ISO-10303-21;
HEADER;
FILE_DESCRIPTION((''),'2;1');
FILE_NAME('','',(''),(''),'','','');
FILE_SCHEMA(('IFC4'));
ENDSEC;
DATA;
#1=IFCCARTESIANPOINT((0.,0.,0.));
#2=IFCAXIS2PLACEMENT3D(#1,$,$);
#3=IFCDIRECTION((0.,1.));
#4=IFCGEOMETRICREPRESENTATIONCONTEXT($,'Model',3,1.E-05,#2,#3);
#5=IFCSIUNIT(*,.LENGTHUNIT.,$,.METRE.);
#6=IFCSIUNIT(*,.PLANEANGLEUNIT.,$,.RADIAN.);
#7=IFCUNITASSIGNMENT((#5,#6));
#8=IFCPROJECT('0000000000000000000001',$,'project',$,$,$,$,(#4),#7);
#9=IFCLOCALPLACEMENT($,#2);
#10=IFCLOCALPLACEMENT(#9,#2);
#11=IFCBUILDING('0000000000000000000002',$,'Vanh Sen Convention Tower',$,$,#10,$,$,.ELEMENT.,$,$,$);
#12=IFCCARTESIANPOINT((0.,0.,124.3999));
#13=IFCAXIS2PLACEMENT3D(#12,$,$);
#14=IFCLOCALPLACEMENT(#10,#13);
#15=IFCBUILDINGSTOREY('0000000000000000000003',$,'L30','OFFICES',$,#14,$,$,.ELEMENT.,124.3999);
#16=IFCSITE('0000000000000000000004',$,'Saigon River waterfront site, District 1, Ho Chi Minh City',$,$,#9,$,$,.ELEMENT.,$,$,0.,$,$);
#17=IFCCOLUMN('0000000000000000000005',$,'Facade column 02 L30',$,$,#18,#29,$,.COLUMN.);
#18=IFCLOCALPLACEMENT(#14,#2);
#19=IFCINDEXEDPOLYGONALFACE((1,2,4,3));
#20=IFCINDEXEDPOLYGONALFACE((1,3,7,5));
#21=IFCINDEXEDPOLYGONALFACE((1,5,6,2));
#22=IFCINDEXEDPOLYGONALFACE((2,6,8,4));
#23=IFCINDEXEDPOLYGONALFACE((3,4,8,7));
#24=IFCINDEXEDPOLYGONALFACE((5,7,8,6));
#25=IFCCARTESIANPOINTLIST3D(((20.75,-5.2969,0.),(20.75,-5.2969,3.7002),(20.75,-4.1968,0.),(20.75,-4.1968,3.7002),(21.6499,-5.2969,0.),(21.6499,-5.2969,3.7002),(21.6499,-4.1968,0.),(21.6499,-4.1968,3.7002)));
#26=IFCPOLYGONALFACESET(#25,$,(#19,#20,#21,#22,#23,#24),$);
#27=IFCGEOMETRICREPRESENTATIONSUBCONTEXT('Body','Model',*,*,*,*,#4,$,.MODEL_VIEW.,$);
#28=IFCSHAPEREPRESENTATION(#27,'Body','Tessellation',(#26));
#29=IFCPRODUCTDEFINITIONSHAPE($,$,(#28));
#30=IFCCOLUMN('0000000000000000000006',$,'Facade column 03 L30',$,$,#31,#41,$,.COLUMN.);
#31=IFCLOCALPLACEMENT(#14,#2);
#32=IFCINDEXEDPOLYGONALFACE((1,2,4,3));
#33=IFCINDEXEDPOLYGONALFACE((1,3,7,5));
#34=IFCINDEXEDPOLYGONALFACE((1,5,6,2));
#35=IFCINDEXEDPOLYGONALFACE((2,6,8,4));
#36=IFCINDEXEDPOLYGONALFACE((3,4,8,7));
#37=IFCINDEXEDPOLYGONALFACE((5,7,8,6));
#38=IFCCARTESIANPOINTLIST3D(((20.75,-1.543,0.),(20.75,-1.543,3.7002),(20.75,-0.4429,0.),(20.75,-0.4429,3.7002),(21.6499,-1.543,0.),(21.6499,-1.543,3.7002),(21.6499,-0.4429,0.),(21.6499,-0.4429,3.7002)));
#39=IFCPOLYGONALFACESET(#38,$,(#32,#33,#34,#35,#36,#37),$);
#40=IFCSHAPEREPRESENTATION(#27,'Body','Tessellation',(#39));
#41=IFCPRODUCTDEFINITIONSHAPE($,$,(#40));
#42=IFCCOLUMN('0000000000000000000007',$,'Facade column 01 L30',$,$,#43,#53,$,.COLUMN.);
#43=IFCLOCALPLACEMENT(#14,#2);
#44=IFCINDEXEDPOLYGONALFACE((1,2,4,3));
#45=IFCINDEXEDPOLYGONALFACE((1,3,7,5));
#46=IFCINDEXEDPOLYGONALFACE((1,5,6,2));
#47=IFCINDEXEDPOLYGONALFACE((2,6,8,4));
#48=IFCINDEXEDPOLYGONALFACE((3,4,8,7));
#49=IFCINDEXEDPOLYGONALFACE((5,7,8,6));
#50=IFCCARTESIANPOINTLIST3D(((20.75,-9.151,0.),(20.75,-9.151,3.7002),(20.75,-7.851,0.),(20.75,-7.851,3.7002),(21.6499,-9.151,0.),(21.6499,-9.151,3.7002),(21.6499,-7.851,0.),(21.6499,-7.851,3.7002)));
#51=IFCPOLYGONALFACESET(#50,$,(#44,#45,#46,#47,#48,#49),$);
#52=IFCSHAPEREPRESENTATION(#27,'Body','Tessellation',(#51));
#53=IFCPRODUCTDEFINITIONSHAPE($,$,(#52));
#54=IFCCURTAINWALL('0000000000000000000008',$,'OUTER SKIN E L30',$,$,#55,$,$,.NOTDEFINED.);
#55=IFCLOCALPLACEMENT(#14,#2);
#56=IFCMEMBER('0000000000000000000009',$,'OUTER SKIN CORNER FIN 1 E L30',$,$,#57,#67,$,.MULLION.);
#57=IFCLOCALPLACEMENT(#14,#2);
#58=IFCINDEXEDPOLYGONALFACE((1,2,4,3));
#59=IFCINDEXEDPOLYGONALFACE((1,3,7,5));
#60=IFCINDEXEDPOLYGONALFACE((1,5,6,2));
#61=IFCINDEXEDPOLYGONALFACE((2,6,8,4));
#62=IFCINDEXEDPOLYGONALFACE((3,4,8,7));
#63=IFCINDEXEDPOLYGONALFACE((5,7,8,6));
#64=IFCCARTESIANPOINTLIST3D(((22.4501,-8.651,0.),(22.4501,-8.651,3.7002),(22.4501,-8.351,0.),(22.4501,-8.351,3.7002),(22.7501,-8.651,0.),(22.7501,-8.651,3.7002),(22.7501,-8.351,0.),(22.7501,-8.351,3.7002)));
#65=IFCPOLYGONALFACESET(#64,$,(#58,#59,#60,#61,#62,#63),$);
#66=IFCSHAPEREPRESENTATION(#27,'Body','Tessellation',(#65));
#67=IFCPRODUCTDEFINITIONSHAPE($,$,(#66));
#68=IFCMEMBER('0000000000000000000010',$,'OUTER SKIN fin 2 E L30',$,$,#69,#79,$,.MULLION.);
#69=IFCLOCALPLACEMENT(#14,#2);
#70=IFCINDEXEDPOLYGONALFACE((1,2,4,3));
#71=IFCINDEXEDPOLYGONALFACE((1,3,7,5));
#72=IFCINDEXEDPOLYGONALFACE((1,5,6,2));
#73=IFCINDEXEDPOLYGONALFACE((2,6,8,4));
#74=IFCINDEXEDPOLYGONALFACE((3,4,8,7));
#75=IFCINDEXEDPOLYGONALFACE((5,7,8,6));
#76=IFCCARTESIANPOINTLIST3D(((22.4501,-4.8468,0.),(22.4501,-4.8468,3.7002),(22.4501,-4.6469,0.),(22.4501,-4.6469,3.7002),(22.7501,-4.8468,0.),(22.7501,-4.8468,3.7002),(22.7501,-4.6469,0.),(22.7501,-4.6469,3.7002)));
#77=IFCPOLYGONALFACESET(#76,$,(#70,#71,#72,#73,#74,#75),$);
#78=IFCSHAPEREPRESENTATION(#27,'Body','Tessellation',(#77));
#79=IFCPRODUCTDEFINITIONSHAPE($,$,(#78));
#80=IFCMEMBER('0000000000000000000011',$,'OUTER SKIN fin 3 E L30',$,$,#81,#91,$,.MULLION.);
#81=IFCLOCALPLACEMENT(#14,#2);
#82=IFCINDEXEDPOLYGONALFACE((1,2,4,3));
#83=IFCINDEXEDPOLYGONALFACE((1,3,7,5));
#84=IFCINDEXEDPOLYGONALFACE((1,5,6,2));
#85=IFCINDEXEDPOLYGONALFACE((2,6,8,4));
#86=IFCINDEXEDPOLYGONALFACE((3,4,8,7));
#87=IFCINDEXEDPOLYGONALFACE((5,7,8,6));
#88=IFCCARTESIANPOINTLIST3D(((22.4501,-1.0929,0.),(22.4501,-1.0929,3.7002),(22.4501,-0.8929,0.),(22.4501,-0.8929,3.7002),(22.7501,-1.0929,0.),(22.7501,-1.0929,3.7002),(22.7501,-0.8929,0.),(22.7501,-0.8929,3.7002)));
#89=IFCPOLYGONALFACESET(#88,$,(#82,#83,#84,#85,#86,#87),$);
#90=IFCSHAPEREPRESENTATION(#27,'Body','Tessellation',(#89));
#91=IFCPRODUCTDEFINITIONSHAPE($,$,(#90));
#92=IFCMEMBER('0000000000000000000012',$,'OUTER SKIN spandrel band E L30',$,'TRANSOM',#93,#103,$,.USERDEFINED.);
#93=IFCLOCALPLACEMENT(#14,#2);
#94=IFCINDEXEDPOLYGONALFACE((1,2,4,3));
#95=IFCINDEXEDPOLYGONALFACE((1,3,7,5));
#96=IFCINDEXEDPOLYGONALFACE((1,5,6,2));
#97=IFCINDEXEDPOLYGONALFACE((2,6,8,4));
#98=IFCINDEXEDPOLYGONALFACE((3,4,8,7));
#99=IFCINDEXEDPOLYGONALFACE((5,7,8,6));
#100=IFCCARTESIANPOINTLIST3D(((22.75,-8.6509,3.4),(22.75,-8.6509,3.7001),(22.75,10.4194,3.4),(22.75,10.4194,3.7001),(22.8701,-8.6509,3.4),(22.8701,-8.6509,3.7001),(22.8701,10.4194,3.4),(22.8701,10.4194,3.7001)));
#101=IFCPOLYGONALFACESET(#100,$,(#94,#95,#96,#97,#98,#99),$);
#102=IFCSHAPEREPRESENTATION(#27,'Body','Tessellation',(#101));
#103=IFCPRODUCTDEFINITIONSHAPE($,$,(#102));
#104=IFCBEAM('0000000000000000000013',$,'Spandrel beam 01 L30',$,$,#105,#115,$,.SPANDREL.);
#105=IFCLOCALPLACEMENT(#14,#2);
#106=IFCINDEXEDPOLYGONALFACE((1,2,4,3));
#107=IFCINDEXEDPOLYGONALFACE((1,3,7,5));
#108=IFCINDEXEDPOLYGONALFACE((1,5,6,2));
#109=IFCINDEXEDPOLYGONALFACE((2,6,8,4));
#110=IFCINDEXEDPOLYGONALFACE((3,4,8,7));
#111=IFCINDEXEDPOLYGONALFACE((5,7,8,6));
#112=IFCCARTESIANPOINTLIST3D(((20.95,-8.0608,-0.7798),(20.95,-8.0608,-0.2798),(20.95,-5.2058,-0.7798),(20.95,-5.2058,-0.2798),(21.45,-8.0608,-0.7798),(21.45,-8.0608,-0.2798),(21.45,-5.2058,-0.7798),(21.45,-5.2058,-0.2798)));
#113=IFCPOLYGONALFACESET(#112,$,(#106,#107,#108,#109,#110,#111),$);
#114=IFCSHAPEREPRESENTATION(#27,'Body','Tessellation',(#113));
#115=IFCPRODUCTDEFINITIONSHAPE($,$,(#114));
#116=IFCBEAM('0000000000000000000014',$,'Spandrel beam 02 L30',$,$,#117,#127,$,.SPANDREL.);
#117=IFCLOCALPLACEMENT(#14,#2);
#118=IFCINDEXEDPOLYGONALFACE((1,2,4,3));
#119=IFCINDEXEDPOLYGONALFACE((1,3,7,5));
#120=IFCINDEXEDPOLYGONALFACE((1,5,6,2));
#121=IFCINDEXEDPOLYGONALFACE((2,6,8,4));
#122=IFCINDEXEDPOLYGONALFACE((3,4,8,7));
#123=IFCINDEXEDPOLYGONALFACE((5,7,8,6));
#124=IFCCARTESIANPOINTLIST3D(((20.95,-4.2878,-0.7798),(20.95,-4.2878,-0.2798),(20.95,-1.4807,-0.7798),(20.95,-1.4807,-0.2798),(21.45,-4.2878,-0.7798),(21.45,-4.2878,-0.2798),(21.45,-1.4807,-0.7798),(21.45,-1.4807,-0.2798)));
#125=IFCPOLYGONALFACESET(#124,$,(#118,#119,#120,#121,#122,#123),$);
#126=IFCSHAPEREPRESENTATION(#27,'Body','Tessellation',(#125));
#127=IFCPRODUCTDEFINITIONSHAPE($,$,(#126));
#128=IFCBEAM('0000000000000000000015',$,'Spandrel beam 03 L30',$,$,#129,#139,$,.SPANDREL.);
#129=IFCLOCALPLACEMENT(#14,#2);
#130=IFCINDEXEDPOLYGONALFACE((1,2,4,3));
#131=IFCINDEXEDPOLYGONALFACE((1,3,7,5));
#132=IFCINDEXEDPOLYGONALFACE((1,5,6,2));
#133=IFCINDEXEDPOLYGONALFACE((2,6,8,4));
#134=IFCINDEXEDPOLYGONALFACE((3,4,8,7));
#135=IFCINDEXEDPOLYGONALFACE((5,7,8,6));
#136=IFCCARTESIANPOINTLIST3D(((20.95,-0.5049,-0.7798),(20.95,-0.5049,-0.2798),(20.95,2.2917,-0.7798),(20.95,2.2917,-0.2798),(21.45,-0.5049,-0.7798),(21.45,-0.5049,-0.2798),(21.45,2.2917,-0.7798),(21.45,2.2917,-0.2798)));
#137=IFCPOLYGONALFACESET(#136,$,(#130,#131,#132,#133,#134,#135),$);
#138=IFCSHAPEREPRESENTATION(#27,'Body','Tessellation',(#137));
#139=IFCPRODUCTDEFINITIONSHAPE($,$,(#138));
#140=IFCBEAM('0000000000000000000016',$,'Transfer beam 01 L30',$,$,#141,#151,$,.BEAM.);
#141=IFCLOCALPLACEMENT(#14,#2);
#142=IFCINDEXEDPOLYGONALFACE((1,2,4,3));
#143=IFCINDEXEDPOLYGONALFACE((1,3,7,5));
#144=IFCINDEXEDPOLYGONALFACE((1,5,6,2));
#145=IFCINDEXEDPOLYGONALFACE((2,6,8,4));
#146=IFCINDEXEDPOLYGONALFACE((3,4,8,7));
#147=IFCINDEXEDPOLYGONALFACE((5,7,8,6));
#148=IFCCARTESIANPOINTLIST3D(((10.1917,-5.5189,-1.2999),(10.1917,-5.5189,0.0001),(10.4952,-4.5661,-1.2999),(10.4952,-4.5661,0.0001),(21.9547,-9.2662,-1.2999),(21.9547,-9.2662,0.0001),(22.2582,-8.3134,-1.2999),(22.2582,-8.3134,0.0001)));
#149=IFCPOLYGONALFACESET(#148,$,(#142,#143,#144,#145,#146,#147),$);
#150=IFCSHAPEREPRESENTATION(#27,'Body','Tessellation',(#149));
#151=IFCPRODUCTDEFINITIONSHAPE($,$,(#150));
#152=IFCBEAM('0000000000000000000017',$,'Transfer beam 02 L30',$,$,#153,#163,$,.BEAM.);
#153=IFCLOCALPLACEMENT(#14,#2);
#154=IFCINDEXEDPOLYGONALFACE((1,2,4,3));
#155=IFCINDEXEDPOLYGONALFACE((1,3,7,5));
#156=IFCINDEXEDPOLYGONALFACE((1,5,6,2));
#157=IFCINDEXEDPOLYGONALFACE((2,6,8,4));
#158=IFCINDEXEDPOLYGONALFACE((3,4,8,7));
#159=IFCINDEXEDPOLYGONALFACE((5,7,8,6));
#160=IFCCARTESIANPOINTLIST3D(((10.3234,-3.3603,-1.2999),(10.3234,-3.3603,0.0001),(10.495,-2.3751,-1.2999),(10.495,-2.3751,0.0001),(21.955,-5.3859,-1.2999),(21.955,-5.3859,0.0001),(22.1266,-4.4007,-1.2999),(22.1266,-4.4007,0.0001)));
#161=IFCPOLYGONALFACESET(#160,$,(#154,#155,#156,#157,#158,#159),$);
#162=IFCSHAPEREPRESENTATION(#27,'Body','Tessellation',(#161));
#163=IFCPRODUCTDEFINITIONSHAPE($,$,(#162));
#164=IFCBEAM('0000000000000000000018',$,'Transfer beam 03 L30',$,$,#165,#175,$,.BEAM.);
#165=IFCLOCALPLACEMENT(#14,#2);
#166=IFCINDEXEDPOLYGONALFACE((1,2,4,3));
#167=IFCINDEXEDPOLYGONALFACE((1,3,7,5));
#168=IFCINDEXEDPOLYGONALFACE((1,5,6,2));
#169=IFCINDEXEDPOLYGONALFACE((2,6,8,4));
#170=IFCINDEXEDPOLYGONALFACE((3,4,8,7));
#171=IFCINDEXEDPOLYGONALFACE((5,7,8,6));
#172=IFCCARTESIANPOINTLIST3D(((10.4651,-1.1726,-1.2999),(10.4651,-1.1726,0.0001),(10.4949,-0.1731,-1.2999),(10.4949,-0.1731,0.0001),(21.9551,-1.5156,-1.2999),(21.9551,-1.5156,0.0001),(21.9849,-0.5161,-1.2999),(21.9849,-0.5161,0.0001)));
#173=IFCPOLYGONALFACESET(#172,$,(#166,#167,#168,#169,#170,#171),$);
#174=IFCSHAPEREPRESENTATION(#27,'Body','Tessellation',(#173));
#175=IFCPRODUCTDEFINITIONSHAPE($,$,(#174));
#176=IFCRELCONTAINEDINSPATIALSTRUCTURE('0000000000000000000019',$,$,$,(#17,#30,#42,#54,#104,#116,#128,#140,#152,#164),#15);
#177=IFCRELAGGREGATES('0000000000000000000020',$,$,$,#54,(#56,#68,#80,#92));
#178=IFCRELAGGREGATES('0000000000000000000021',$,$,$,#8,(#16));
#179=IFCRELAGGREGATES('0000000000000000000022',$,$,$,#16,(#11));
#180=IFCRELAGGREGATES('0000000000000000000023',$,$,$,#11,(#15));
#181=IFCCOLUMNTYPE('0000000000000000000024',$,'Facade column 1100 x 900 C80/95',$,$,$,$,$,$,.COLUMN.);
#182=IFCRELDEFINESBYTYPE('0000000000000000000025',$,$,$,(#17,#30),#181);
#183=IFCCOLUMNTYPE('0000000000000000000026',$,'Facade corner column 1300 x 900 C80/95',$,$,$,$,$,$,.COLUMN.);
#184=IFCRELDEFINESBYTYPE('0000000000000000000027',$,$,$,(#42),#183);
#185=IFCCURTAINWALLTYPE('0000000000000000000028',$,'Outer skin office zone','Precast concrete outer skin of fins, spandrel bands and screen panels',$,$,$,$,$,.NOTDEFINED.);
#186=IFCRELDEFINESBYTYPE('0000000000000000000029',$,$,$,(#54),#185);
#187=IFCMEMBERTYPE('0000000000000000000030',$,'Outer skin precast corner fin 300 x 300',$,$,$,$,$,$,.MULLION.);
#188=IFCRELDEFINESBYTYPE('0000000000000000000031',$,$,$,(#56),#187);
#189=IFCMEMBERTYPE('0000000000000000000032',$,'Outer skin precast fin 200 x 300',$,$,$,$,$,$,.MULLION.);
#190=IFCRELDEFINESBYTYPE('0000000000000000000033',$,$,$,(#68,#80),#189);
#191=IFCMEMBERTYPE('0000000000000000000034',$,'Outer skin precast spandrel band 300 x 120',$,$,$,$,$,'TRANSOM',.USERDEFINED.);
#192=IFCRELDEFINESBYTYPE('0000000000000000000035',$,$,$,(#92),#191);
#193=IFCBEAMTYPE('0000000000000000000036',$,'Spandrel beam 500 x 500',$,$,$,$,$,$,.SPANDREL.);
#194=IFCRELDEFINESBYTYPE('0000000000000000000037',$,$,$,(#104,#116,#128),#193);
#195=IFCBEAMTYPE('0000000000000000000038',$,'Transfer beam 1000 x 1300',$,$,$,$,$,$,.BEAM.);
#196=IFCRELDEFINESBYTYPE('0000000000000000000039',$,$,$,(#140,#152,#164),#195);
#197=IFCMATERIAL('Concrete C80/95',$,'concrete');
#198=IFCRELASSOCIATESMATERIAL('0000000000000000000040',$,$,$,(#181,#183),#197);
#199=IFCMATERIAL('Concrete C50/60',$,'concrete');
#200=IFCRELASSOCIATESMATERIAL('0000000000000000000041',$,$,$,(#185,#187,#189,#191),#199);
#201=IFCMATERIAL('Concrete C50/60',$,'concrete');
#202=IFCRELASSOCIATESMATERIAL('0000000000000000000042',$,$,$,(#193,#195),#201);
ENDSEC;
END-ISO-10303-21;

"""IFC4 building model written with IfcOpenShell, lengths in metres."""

from ifc_helpers import new_model, si_unit, direction, frame, origin, origin_2d, place, context, subcontext, project, spatial, rectangle, extrude, material, material_profile, profile_set, type_object, element, aggregate, save


model = new_model("IFC4")

# Units and contexts
model_context = context("Model", 3, precision=1e-05, world=origin(), true_north=direction((0.0, 1.0)))
body_context = subcontext(model_context, "Body", "Model", "MODEL_VIEW")
ifc_project = project(units=[si_unit("LENGTHUNIT", "METRE"), si_unit("PLANEANGLEUNIT", "RADIAN")], contexts=[model_context])

# Site, building, storey
site_placement = place(None, origin())
site = spatial("IfcSite", under=ifc_project, at=site_placement, Name="Saigon River waterfront site, District 1, Ho Chi Minh City", CompositionType="ELEMENT", RefElevation=0.0)
building_placement = place(site_placement, origin())
building = spatial("IfcBuilding", under=site, at=building_placement, Name="Vanh Sen Convention Tower", CompositionType="ELEMENT")
storey_placement = place(building_placement, frame((0.0, 0.0, 124.3999)))
storey = spatial("IfcBuildingStorey", under=building, at=storey_placement, Name="L30", Description="OFFICES", CompositionType="ELEMENT", Elevation=124.3999)

# Columns
ifc_material_1 = material(Name="Concrete C80/95", Category="concrete")
ifc_material_profile_1 = material_profile(ifc_material_1, rectangle(XDim=1.1001, YDim=0.8999, at=origin_2d()), Name="RC 1100X900")
ifc_profile_set_1 = profile_set([ifc_material_profile_1], Name="Concrete C80/95")
column_type_1 = type_object("IfcColumnType", Name="Facade column 1100 x 900 C80/95", PredefinedType="COLUMN", material=ifc_profile_set_1)
for number, where, z_axis, x_axis, name in (
    (1, (21.2, -4.7468, 0.0), (0.0, 0.0, 1.0), (0.0, 1.0, 0.0), "Facade column 02 L30"),
    (2, (21.2, -0.9929, 0.0), (0.0, 0.0, 1.0), (0.0, 1.0, 0.0), "Facade column 03 L30"),
):
    element("IfcColumn", number, at=place(storey_placement, frame(where, z_axis=z_axis, x_axis=x_axis)), inside=storey, type_object=column_type_1, Name=name, PredefinedType="COLUMN", context=body_context, shape_type="SweptSolid", body=[
        extrude(rectangle(XDim=1.1001, YDim=0.8999, at=origin_2d()), origin(), (0.0, 0.0, 1.0), 3.7002),
    ])
ifc_material_profile_2 = material_profile(ifc_material_1, rectangle(XDim=1.3, YDim=0.8999, at=origin_2d()), Name="RC 1300X900")
ifc_profile_set_2 = profile_set([ifc_material_profile_2], Name="Concrete C80/95")
column_type_2 = type_object("IfcColumnType", Name="Facade corner column 1300 x 900 C80/95", PredefinedType="COLUMN", material=ifc_profile_set_2)
column_placement = place(storey_placement, frame((21.2, -8.501, 0.0), z_axis=(0.0, 0.0, 1.0), x_axis=(0.0, 1.0, 0.0)))
element("IfcColumn", 3, at=column_placement, inside=storey, type_object=column_type_2, Name="Facade column 01 L30", PredefinedType="COLUMN", context=body_context, shape_type="SweptSolid", body=[
    extrude(rectangle(XDim=1.3, YDim=0.8999, at=origin_2d()), origin(), (0.0, 0.0, 1.0), 3.7002),
])

# Curtain wall, members
ifc_material_2 = material(Name="Concrete C50/60", Category="concrete")
curtain_wall_type = type_object("IfcCurtainWallType", Name="Outer skin office zone", Description="Precast concrete outer skin of fins, spandrel bands and screen panels", PredefinedType="NOTDEFINED", material=ifc_material_2)
curtain_wall_placement = place(storey_placement, origin())
curtain_wall = element("IfcCurtainWall", 4, at=curtain_wall_placement, inside=storey, type_object=curtain_wall_type, Name="OUTER SKIN E L30", PredefinedType="NOTDEFINED")
ifc_material_profile_3 = material_profile(ifc_material_2, rectangle(XDim=0.3, YDim=0.3, at=origin_2d()), Name="Outer skin precast corner fin 300 x 300")
ifc_profile_set_3 = profile_set([ifc_material_profile_3], Name="Concrete C50/60")
member_type_1 = type_object("IfcMemberType", Name="Outer skin precast corner fin 300 x 300", PredefinedType="MULLION", material=ifc_profile_set_3)
member_1_placement = place(storey_placement, frame((22.6001, -8.501, 0.0), z_axis=(0.0, 0.0, 1.0), x_axis=(0.0, 1.0, 0.0)))
member_1 = element("IfcMember", 5, at=member_1_placement, type_object=member_type_1, Name="OUTER SKIN CORNER FIN 1 E L30", PredefinedType="MULLION", context=body_context, shape_type="SweptSolid", body=[
    extrude(rectangle(XDim=0.3, YDim=0.3, at=origin_2d()), origin(), (0.0, 0.0, 1.0), 3.7002),
])
ifc_material_profile_4 = material_profile(ifc_material_2, rectangle(XDim=0.2, YDim=0.3, at=origin_2d()), Name="Outer skin precast fin 200 x 300")
ifc_profile_set_4 = profile_set([ifc_material_profile_4], Name="Concrete C50/60")
member_type_2 = type_object("IfcMemberType", Name="Outer skin precast fin 200 x 300", PredefinedType="MULLION", material=ifc_profile_set_4)
member_2_placement = place(storey_placement, frame((22.6001, -4.7468, 0.0), z_axis=(0.0, 0.0, 1.0), x_axis=(0.0, 1.0, 0.0)))
member_2 = element("IfcMember", 6, at=member_2_placement, type_object=member_type_2, Name="OUTER SKIN fin 2 E L30", PredefinedType="MULLION", context=body_context, shape_type="SweptSolid", body=[
    extrude(rectangle(XDim=0.2, YDim=0.3, at=origin_2d()), origin(), (0.0, 0.0, 1.0), 3.7002),
])
member_3_placement = place(storey_placement, frame((22.6001, -0.9929, 0.0), z_axis=(0.0, 0.0, 1.0), x_axis=(0.0, 1.0, 0.0)))
member_3 = element("IfcMember", 7, at=member_3_placement, type_object=member_type_2, Name="OUTER SKIN fin 3 E L30", PredefinedType="MULLION", context=body_context, shape_type="SweptSolid", body=[
    extrude(rectangle(XDim=0.2, YDim=0.3, at=origin_2d()), origin(), (0.0, 0.0, 1.0), 3.7002),
])
ifc_material_profile_5 = material_profile(ifc_material_2, rectangle(XDim=0.1201, YDim=0.3, at=origin_2d()), Name="Outer skin precast spandrel band 300 x 120")
ifc_profile_set_5 = profile_set([ifc_material_profile_5], Name="Concrete C50/60")
member_type_3 = type_object("IfcMemberType", Name="Outer skin precast spandrel band 300 x 120", ElementType="TRANSOM", PredefinedType="USERDEFINED", material=ifc_profile_set_5)
member_4_placement = place(storey_placement, frame((22.8101, -8.6509, 3.55), z_axis=(0.0, 1.0, 0.0), x_axis=(-1.0, 0.0, 0.0)))
member_4 = element("IfcMember", 8, at=member_4_placement, type_object=member_type_3, Name="OUTER SKIN spandrel band E L30", ObjectType="TRANSOM", PredefinedType="USERDEFINED", context=body_context, shape_type="SweptSolid", body=[
    extrude(rectangle(XDim=0.1201, YDim=0.3, at=origin_2d()), origin(), (0.0, 0.0, 1.0), 19.0703),
])

# Beams
ifc_material_3 = material(Name="Concrete C50/60", Category="concrete")
ifc_material_profile_6 = material_profile(ifc_material_3, rectangle(XDim=0.5, YDim=0.5, at=origin_2d()), Name="RC 500X500")
ifc_profile_set_6 = profile_set([ifc_material_profile_6], Name="Concrete C50/60")
beam_type_1 = type_object("IfcBeamType", Name="Spandrel beam 500 x 500", PredefinedType="SPANDREL", material=ifc_profile_set_6)
beam_1_placement = place(storey_placement, frame((21.2, -8.0608, -0.5298), z_axis=(0.0, 1.0, 0.0), x_axis=(-1.0, 0.0, 0.0)))
element("IfcBeam", 9, at=beam_1_placement, inside=storey, type_object=beam_type_1, Name="Spandrel beam 01 L30", PredefinedType="SPANDREL", context=body_context, shape_type="SweptSolid", body=[
    extrude(rectangle(XDim=0.5, YDim=0.5, at=origin_2d()), origin(), (0.0, 0.0, 1.0), 2.855),
])
beam_2_placement = place(storey_placement, frame((21.2, -4.2878, -0.5298), z_axis=(0.0, 1.0, 0.0), x_axis=(-1.0, 0.0, 0.0)))
element("IfcBeam", 10, at=beam_2_placement, inside=storey, type_object=beam_type_1, Name="Spandrel beam 02 L30", PredefinedType="SPANDREL", context=body_context, shape_type="SweptSolid", body=[
    extrude(rectangle(XDim=0.5, YDim=0.5, at=origin_2d()), origin(), (0.0, 0.0, 1.0), 2.8071),
])
beam_3_placement = place(storey_placement, frame((21.2, -0.5049, -0.5298), z_axis=(0.0, 1.0, 0.0), x_axis=(-1.0, 0.0, 0.0)))
element("IfcBeam", 11, at=beam_3_placement, inside=storey, type_object=beam_type_1, Name="Spandrel beam 03 L30", PredefinedType="SPANDREL", context=body_context, shape_type="SweptSolid", body=[
    extrude(rectangle(XDim=0.5, YDim=0.5, at=origin_2d()), origin(), (0.0, 0.0, 1.0), 2.7966),
])
ifc_material_profile_7 = material_profile(ifc_material_3, rectangle(XDim=1.0, YDim=1.3, at=origin_2d()), Name="RC 1000X1300")
ifc_profile_set_7 = profile_set([ifc_material_profile_7], Name="Concrete C50/60")
beam_type_2 = type_object("IfcBeamType", Name="Transfer beam 1000 x 1300", PredefinedType="BEAM", material=ifc_profile_set_7)
beam_4_placement = place(storey_placement, frame((22.1064, -8.7898, -0.6499), z_axis=(-0.952819, 0.303539, 0.0), x_axis=(-0.303539, -0.952819, 0.0)))
element("IfcBeam", 12, at=beam_4_placement, inside=storey, type_object=beam_type_2, Name="Transfer beam 01 L30", PredefinedType="BEAM", context=body_context, shape_type="SweptSolid", body=[
    extrude(rectangle(XDim=1.0, YDim=1.3, at=origin_2d()), origin(), (0.0, 0.0, 1.0), 12.3455),
])
beam_5_placement = place(storey_placement, frame((22.0408, -4.8933, -0.6499), z_axis=(-0.985172, 0.171567, 0.0), x_axis=(-0.171567, -0.985172, 0.0)))
element("IfcBeam", 13, at=beam_5_placement, inside=storey, type_object=beam_type_2, Name="Transfer beam 02 L30", PredefinedType="BEAM", context=body_context, shape_type="SweptSolid", body=[
    extrude(rectangle(XDim=1.0, YDim=1.3, at=origin_2d()), origin(), (0.0, 0.0, 1.0), 11.8066),
])
beam_6_placement = place(storey_placement, frame((21.97, -1.0159, -0.6499), z_axis=(-0.999555, 0.02984, 0.0), x_axis=(-0.02984, -0.999555, 0.0)))
element("IfcBeam", 14, at=beam_6_placement, inside=storey, type_object=beam_type_2, Name="Transfer beam 03 L30", PredefinedType="BEAM", context=body_context, shape_type="SweptSolid", body=[
    extrude(rectangle(XDim=1.0, YDim=1.3, at=origin_2d()), origin(), (0.0, 0.0, 1.0), 11.4951),
])

aggregate(curtain_wall, [member_1, member_2, member_3, member_4])

save(model, "model.ifc")
